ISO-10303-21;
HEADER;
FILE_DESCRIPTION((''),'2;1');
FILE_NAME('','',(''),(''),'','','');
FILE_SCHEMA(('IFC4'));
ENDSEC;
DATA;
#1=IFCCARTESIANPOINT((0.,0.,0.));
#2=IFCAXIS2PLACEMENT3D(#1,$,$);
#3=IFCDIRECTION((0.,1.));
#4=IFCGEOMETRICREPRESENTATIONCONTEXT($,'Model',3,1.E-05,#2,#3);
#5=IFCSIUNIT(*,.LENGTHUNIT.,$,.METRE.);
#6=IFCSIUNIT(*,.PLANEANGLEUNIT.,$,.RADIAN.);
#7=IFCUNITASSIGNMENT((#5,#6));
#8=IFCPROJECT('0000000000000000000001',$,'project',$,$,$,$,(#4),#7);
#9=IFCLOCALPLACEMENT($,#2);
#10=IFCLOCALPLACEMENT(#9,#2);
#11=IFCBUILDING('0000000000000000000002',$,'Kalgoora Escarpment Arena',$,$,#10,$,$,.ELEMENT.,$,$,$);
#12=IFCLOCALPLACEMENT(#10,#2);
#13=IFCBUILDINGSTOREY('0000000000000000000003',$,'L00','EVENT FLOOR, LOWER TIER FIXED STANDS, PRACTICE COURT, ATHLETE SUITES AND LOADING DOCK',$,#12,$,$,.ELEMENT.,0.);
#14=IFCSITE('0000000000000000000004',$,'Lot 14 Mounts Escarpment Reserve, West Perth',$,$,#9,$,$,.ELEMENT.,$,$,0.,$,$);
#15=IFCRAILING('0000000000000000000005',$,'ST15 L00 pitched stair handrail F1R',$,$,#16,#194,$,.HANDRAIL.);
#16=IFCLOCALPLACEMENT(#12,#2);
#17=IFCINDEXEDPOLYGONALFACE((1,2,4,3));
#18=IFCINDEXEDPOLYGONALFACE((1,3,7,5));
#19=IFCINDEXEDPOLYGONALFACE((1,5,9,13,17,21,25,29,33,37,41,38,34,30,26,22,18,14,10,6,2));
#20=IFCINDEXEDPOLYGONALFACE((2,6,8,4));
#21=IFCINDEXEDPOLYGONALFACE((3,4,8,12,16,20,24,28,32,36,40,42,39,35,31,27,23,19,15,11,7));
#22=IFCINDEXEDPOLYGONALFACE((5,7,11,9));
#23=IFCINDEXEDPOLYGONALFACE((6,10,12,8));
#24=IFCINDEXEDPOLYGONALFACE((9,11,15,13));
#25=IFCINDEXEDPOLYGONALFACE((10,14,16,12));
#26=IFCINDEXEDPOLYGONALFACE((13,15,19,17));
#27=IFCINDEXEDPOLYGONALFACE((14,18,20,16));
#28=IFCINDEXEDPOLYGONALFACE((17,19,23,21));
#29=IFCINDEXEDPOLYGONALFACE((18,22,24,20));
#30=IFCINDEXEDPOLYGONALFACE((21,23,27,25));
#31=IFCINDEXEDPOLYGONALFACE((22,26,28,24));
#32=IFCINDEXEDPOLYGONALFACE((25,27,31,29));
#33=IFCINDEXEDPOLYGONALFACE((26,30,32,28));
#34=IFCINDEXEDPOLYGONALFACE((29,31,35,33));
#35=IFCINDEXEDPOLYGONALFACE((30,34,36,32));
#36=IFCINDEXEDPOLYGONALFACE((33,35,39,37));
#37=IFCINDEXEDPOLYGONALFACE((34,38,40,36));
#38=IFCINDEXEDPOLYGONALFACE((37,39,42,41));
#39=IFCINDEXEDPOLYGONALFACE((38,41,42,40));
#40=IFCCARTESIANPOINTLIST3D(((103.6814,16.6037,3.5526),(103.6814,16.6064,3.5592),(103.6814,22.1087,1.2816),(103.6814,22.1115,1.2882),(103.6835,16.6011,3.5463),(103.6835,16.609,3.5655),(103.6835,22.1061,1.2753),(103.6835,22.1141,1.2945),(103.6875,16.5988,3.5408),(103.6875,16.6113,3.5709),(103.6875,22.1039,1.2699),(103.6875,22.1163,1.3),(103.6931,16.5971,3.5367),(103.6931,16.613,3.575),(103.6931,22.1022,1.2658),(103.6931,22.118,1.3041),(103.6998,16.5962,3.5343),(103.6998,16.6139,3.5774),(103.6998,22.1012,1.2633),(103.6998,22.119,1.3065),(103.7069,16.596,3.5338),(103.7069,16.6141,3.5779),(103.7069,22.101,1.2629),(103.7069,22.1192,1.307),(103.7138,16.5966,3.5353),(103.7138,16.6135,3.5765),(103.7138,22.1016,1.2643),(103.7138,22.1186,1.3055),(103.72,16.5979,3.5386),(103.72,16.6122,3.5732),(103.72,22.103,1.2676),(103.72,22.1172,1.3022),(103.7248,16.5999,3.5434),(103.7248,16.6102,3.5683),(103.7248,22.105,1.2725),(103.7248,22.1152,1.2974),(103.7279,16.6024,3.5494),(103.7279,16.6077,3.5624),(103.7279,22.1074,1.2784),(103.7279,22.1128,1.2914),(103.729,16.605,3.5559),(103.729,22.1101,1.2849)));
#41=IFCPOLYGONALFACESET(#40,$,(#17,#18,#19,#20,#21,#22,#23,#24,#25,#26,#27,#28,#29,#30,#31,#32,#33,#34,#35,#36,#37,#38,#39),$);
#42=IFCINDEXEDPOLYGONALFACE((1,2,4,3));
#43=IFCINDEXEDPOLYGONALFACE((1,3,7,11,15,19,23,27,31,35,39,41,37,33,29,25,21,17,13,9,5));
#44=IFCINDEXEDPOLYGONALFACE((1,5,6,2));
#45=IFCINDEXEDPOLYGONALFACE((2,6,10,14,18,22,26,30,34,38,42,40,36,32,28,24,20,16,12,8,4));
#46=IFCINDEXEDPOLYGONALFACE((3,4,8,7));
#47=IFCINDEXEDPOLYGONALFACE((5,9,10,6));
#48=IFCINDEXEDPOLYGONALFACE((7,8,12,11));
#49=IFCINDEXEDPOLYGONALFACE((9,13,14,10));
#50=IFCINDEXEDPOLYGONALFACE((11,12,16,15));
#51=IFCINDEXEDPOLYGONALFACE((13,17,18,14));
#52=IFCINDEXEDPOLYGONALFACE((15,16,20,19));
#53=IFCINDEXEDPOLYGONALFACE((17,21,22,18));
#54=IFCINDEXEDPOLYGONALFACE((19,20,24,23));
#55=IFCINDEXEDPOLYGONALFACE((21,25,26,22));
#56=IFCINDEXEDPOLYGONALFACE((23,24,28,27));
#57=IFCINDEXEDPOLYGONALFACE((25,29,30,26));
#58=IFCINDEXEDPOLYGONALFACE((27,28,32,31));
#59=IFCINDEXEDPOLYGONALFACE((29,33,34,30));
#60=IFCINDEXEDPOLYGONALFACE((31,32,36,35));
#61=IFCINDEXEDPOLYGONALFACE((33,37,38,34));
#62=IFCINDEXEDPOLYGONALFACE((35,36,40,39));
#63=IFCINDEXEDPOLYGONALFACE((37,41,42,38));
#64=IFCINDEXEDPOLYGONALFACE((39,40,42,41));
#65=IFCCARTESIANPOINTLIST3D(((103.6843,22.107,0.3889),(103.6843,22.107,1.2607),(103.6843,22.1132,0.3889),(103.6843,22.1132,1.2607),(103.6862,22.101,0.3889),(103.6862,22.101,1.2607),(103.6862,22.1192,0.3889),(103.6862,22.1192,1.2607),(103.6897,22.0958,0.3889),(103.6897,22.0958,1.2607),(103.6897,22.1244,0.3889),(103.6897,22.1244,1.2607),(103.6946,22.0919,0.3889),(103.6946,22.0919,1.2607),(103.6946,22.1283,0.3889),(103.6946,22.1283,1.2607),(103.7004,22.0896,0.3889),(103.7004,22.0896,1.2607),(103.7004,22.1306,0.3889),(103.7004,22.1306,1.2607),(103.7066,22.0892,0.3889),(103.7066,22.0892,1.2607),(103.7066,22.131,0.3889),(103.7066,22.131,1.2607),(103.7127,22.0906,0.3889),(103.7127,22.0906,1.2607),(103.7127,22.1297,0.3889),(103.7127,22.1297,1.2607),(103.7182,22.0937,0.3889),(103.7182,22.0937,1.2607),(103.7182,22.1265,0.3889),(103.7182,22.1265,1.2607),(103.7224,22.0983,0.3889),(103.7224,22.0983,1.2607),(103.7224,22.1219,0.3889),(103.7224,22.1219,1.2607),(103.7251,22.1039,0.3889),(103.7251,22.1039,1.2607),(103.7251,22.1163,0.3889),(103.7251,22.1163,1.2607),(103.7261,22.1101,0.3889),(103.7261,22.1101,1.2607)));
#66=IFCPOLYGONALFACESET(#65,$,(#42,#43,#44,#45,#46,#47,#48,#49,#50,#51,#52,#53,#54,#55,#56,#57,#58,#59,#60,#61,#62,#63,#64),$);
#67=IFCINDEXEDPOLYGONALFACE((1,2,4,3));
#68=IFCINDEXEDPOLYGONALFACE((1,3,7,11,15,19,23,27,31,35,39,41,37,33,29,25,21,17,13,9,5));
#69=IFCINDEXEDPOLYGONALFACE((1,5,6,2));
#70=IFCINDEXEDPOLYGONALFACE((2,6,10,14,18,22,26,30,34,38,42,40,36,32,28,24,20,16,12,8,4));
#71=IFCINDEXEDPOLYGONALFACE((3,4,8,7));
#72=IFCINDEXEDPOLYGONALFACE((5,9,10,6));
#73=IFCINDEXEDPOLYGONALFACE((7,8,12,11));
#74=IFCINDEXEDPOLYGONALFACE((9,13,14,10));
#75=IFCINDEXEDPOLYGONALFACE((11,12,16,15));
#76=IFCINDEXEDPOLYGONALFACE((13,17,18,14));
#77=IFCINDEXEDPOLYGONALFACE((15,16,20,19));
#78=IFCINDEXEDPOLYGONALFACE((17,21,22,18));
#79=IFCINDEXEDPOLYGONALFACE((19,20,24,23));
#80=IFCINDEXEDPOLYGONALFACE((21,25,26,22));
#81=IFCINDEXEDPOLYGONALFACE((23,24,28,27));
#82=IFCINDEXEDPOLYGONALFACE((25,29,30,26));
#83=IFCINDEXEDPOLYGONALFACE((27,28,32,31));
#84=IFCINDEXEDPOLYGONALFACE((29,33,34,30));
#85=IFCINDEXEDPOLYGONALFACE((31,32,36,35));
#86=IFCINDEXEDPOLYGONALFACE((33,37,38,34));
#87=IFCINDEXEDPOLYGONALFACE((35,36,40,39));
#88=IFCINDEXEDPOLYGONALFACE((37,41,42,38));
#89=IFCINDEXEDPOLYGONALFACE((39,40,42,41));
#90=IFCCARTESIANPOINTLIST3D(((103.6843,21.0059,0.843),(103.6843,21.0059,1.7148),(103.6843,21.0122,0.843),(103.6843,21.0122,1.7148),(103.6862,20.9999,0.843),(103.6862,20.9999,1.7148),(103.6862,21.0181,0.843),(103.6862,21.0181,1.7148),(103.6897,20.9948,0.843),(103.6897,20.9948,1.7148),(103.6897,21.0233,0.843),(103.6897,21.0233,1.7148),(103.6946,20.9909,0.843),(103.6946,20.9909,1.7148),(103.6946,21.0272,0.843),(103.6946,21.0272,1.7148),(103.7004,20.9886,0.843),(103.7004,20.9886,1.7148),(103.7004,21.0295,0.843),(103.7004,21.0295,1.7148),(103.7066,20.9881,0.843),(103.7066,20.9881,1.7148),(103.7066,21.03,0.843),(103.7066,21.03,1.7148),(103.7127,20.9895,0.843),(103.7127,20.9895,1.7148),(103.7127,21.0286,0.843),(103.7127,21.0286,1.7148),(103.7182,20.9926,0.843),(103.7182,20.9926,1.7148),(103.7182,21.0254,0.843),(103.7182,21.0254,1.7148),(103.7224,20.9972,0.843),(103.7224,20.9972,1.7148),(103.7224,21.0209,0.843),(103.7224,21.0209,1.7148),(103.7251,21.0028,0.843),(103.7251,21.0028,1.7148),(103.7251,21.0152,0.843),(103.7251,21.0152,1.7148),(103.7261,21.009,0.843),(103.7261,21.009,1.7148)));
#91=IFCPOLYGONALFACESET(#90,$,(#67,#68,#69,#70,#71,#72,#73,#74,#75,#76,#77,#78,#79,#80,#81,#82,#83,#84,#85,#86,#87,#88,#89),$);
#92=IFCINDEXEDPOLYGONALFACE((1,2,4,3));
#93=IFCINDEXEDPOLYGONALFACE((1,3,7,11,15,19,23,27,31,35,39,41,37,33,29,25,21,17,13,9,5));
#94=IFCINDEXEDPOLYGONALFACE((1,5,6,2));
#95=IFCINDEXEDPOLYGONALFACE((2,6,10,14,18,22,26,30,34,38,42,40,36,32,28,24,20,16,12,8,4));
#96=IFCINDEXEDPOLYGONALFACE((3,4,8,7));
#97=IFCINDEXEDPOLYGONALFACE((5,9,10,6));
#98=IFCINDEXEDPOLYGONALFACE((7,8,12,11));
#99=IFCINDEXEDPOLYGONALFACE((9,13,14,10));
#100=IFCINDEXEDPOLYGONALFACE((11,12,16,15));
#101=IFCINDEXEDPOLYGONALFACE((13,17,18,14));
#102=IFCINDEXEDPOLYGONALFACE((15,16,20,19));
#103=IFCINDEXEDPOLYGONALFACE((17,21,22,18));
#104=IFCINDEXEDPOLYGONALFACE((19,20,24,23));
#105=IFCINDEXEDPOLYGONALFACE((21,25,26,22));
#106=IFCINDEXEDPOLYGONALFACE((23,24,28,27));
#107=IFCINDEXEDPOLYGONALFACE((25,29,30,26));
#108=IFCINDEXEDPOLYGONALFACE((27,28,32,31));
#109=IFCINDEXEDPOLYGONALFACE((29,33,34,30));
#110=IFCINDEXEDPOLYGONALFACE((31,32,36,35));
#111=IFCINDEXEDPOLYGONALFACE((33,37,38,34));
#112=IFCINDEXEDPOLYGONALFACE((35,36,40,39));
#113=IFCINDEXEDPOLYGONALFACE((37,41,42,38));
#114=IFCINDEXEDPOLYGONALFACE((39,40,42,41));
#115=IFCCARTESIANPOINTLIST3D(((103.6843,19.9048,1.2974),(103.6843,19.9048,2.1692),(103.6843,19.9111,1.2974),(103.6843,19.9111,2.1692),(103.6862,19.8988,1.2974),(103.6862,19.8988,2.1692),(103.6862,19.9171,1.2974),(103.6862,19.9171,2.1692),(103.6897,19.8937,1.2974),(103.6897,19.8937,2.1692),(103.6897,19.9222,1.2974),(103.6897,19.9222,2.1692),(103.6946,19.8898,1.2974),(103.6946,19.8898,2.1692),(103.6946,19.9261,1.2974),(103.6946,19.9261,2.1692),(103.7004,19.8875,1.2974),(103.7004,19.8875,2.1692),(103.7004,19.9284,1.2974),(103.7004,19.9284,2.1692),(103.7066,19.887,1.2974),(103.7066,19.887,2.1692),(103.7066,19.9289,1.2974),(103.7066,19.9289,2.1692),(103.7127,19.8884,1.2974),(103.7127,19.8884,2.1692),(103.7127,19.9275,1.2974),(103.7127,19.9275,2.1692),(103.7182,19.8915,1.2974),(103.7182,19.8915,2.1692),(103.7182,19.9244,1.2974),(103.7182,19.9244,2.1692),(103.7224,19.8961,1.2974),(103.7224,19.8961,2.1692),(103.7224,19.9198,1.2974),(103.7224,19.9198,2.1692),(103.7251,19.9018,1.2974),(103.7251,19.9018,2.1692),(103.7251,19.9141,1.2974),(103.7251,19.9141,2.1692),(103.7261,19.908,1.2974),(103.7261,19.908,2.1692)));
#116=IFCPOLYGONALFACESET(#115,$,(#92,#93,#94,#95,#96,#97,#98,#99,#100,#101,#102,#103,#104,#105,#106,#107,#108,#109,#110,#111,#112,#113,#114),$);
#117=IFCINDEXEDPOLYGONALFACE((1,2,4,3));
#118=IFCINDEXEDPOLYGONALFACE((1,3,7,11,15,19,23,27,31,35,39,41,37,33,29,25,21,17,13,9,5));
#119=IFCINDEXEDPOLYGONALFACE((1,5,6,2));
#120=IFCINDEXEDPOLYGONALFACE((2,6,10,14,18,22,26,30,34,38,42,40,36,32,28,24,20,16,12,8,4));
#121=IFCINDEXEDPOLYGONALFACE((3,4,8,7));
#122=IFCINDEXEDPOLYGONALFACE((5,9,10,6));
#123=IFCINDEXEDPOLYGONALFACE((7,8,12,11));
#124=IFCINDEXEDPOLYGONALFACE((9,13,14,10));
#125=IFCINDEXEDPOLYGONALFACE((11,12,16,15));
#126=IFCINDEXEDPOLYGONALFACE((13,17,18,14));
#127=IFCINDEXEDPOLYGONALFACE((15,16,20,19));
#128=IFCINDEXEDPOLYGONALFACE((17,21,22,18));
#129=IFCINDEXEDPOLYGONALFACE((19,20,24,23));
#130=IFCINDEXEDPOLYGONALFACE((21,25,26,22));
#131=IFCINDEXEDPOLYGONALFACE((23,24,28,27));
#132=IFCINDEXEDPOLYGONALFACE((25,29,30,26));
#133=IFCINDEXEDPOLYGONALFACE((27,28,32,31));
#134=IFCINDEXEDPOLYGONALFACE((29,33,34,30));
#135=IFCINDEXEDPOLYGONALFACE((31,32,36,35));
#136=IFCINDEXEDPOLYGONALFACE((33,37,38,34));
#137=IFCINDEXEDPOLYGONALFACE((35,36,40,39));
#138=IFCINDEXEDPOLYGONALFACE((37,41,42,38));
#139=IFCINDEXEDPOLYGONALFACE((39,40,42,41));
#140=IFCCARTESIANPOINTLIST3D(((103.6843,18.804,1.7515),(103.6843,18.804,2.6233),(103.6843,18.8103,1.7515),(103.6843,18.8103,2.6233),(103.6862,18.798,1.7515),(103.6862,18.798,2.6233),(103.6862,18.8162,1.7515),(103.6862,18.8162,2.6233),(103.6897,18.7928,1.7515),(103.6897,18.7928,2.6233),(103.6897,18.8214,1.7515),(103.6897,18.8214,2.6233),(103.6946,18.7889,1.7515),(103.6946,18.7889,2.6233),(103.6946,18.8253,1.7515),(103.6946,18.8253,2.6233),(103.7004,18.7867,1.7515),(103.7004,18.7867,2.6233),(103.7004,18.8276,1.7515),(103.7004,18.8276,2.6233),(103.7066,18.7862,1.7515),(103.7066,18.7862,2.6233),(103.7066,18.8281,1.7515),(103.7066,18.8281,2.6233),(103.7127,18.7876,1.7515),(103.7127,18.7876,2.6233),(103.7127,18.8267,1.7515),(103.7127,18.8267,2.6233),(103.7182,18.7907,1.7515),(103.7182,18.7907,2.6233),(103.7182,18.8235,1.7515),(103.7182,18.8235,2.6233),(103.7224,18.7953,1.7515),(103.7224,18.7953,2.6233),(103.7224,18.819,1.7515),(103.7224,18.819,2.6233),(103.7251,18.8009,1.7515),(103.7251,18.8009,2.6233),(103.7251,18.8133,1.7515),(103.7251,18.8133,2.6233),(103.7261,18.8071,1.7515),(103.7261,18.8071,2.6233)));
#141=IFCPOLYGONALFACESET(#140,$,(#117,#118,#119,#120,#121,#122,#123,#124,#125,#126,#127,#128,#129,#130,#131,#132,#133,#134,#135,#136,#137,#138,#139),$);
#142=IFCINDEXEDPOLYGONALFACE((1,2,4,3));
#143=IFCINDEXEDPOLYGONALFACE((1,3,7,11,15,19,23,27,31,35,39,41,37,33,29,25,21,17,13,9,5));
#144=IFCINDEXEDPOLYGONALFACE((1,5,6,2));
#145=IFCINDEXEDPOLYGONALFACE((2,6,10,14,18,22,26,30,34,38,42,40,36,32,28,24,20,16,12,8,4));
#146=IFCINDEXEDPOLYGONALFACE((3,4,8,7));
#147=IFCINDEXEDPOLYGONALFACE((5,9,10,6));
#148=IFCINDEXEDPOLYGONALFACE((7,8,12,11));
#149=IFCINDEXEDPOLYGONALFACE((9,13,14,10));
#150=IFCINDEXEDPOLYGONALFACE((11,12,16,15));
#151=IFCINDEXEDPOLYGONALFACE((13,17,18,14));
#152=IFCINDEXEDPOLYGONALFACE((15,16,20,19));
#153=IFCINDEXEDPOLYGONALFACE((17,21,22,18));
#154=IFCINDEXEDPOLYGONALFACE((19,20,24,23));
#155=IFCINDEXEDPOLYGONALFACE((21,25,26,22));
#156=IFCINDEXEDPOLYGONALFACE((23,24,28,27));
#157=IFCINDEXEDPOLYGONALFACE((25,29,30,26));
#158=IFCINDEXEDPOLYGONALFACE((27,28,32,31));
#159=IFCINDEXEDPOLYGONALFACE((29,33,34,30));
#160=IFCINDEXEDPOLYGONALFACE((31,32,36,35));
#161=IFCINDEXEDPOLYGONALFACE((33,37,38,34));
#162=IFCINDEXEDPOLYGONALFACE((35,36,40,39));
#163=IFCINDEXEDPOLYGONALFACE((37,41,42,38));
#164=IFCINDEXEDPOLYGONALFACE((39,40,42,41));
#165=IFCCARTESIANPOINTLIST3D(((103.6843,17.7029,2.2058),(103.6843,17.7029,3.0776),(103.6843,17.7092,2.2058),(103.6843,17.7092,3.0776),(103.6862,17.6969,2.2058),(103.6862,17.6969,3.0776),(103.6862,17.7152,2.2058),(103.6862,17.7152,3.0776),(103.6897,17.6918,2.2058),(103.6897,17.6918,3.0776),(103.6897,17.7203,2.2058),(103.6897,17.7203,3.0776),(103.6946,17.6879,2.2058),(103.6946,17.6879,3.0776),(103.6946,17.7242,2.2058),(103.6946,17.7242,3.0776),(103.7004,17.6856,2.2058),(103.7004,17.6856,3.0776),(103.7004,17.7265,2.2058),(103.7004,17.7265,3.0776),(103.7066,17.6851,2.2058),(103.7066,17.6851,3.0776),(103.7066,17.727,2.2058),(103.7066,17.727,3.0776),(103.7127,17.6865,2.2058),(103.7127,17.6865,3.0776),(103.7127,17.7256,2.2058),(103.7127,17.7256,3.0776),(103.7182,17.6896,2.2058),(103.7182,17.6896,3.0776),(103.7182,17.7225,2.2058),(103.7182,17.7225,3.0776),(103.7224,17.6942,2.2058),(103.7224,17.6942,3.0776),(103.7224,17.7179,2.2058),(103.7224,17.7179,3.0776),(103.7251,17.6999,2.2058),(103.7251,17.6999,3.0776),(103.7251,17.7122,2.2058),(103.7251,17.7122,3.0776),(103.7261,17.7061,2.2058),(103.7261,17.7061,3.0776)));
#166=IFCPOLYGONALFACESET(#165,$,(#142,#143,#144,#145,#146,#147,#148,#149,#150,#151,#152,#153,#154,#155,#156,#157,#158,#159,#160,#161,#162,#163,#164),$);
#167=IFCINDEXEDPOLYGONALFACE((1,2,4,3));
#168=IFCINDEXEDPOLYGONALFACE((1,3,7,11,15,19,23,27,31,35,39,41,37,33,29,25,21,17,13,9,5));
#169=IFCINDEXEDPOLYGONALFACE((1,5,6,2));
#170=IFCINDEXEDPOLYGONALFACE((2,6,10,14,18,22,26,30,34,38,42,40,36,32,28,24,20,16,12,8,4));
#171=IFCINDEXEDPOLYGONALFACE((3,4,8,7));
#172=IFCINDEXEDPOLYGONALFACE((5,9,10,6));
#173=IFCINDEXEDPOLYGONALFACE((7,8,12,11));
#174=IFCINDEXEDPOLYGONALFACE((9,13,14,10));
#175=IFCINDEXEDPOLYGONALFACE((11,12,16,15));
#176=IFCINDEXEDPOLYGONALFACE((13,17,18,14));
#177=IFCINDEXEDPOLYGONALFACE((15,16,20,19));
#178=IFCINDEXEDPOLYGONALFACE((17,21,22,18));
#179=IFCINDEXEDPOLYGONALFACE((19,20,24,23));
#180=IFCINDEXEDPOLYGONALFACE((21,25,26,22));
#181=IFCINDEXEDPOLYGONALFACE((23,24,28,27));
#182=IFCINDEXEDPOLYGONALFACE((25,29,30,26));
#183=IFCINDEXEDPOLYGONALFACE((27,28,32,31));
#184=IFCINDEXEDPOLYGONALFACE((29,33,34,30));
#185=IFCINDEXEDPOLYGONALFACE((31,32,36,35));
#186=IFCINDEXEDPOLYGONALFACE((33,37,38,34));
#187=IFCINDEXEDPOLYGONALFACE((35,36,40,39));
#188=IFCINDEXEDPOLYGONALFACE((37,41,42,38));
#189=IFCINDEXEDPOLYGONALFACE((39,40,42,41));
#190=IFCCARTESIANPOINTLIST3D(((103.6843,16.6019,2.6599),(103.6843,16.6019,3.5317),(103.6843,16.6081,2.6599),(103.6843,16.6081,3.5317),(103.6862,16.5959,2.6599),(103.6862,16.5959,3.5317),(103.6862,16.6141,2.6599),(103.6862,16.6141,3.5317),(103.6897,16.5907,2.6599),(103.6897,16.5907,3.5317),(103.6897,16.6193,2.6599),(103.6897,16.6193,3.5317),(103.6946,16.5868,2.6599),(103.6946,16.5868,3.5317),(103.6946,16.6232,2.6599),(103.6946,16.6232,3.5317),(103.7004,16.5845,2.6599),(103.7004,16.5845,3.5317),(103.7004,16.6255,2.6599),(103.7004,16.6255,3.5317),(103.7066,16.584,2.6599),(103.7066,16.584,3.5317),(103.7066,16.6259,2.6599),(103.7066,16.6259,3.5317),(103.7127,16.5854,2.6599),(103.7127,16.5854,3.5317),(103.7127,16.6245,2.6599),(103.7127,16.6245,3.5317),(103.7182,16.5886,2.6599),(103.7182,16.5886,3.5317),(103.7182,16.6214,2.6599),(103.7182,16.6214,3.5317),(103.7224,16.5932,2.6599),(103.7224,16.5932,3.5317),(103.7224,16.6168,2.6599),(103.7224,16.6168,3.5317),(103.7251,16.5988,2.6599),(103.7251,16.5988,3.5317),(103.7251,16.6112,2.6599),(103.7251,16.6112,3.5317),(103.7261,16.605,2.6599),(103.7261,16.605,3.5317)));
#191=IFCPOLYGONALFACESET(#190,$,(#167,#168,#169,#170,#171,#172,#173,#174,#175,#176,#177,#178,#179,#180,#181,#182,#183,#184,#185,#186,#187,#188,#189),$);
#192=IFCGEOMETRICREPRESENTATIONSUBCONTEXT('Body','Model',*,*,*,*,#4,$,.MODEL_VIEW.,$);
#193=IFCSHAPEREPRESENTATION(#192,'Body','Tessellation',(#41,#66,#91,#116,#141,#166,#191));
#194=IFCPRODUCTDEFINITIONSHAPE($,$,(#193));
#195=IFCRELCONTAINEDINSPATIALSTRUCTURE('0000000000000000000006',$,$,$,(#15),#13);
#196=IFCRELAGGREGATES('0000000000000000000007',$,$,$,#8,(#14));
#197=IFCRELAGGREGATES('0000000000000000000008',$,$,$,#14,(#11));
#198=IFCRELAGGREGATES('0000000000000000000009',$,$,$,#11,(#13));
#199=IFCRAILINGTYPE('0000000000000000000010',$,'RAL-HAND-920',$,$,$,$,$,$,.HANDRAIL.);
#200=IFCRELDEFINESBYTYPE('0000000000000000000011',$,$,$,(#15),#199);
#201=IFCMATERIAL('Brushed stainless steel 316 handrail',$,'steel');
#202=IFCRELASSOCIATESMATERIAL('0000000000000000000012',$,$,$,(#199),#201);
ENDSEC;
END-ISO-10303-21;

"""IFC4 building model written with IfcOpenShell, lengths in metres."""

from ifc_helpers import new_model, si_unit, direction, frame, origin, origin_2d, place, context, subcontext, project, spatial, circle, extrude, material, type_object, element, save


model = new_model("IFC4")

# Units and contexts
model_context = context("Model", 3, precision=1e-05, world=origin(), true_north=direction((0.0, 1.0)))
body_context = subcontext(model_context, "Body", "Model", "MODEL_VIEW")
ifc_project = project(units=[si_unit("LENGTHUNIT", "METRE"), si_unit("PLANEANGLEUNIT", "RADIAN")], contexts=[model_context])

# Site, building, storey
site_placement = place(None, origin())
site = spatial("IfcSite", under=ifc_project, at=site_placement, Name="Lot 14 Mounts Escarpment Reserve, West Perth", CompositionType="ELEMENT", RefElevation=0.0)
building_placement = place(site_placement, origin())
building = spatial("IfcBuilding", under=site, at=building_placement, Name="Kalgoora Escarpment Arena", CompositionType="ELEMENT")
storey_placement = place(building_placement, origin())
storey = spatial("IfcBuildingStorey", under=building, at=storey_placement, Name="L00", Description="EVENT FLOOR, LOWER TIER FIXED STANDS, PRACTICE COURT, ATHLETE SUITES AND LOADING DOCK", CompositionType="ELEMENT", Elevation=0.0)

# Railing
ifc_material_1 = material(Name="Brushed stainless steel 316 handrail", Category="steel")
railing_type_1 = type_object("IfcRailingType", Name="RAL-HAND-920", PredefinedType="HANDRAIL", material=ifc_material_1)
railing_1_placement = place(storey_placement, frame((103.7051, 22.1101, 0.3889)))
element("IfcRailing", 1, at=railing_1_placement, inside=storey, type_object=railing_type_1, Name="ST15 L00 pitched stair handrail F1R", PredefinedType="HANDRAIL", context=body_context, shape_type="SweptSolid", body=[
    extrude(circle(Radius=0.0239, at=origin_2d()), frame((0.0, 0.0, 0.896), z_axis=(0.0, -0.924431, 0.38135), x_axis=(1.0, 0.0, 0.0)), (0.0, 0.0, 1.0), 5.9551),
    extrude(circle(Radius=0.021, at=origin_2d()), origin(), (0.0, 0.0, 1.0), 0.8718),
    extrude(circle(Radius=0.021, at=origin_2d()), frame((0.0, -1.1011, 0.4541)), (0.0, 0.0, 1.0), 0.8718),
    extrude(circle(Radius=0.021, at=origin_2d()), frame((0.0, -2.2021, 0.9084)), (0.0, 0.0, 1.0), 0.8718),
    extrude(circle(Radius=0.021, at=origin_2d()), frame((0.0, -3.303, 1.3625)), (0.0, 0.0, 1.0), 0.8718),
    extrude(circle(Radius=0.021, at=origin_2d()), frame((0.0, -4.4041, 1.8169)), (0.0, 0.0, 1.0), 0.8718),
    extrude(circle(Radius=0.021, at=origin_2d()), frame((0.0, -5.5051, 2.271)), (0.0, 0.0, 1.0), 0.8718),
])

save(model, "model.ifc")
